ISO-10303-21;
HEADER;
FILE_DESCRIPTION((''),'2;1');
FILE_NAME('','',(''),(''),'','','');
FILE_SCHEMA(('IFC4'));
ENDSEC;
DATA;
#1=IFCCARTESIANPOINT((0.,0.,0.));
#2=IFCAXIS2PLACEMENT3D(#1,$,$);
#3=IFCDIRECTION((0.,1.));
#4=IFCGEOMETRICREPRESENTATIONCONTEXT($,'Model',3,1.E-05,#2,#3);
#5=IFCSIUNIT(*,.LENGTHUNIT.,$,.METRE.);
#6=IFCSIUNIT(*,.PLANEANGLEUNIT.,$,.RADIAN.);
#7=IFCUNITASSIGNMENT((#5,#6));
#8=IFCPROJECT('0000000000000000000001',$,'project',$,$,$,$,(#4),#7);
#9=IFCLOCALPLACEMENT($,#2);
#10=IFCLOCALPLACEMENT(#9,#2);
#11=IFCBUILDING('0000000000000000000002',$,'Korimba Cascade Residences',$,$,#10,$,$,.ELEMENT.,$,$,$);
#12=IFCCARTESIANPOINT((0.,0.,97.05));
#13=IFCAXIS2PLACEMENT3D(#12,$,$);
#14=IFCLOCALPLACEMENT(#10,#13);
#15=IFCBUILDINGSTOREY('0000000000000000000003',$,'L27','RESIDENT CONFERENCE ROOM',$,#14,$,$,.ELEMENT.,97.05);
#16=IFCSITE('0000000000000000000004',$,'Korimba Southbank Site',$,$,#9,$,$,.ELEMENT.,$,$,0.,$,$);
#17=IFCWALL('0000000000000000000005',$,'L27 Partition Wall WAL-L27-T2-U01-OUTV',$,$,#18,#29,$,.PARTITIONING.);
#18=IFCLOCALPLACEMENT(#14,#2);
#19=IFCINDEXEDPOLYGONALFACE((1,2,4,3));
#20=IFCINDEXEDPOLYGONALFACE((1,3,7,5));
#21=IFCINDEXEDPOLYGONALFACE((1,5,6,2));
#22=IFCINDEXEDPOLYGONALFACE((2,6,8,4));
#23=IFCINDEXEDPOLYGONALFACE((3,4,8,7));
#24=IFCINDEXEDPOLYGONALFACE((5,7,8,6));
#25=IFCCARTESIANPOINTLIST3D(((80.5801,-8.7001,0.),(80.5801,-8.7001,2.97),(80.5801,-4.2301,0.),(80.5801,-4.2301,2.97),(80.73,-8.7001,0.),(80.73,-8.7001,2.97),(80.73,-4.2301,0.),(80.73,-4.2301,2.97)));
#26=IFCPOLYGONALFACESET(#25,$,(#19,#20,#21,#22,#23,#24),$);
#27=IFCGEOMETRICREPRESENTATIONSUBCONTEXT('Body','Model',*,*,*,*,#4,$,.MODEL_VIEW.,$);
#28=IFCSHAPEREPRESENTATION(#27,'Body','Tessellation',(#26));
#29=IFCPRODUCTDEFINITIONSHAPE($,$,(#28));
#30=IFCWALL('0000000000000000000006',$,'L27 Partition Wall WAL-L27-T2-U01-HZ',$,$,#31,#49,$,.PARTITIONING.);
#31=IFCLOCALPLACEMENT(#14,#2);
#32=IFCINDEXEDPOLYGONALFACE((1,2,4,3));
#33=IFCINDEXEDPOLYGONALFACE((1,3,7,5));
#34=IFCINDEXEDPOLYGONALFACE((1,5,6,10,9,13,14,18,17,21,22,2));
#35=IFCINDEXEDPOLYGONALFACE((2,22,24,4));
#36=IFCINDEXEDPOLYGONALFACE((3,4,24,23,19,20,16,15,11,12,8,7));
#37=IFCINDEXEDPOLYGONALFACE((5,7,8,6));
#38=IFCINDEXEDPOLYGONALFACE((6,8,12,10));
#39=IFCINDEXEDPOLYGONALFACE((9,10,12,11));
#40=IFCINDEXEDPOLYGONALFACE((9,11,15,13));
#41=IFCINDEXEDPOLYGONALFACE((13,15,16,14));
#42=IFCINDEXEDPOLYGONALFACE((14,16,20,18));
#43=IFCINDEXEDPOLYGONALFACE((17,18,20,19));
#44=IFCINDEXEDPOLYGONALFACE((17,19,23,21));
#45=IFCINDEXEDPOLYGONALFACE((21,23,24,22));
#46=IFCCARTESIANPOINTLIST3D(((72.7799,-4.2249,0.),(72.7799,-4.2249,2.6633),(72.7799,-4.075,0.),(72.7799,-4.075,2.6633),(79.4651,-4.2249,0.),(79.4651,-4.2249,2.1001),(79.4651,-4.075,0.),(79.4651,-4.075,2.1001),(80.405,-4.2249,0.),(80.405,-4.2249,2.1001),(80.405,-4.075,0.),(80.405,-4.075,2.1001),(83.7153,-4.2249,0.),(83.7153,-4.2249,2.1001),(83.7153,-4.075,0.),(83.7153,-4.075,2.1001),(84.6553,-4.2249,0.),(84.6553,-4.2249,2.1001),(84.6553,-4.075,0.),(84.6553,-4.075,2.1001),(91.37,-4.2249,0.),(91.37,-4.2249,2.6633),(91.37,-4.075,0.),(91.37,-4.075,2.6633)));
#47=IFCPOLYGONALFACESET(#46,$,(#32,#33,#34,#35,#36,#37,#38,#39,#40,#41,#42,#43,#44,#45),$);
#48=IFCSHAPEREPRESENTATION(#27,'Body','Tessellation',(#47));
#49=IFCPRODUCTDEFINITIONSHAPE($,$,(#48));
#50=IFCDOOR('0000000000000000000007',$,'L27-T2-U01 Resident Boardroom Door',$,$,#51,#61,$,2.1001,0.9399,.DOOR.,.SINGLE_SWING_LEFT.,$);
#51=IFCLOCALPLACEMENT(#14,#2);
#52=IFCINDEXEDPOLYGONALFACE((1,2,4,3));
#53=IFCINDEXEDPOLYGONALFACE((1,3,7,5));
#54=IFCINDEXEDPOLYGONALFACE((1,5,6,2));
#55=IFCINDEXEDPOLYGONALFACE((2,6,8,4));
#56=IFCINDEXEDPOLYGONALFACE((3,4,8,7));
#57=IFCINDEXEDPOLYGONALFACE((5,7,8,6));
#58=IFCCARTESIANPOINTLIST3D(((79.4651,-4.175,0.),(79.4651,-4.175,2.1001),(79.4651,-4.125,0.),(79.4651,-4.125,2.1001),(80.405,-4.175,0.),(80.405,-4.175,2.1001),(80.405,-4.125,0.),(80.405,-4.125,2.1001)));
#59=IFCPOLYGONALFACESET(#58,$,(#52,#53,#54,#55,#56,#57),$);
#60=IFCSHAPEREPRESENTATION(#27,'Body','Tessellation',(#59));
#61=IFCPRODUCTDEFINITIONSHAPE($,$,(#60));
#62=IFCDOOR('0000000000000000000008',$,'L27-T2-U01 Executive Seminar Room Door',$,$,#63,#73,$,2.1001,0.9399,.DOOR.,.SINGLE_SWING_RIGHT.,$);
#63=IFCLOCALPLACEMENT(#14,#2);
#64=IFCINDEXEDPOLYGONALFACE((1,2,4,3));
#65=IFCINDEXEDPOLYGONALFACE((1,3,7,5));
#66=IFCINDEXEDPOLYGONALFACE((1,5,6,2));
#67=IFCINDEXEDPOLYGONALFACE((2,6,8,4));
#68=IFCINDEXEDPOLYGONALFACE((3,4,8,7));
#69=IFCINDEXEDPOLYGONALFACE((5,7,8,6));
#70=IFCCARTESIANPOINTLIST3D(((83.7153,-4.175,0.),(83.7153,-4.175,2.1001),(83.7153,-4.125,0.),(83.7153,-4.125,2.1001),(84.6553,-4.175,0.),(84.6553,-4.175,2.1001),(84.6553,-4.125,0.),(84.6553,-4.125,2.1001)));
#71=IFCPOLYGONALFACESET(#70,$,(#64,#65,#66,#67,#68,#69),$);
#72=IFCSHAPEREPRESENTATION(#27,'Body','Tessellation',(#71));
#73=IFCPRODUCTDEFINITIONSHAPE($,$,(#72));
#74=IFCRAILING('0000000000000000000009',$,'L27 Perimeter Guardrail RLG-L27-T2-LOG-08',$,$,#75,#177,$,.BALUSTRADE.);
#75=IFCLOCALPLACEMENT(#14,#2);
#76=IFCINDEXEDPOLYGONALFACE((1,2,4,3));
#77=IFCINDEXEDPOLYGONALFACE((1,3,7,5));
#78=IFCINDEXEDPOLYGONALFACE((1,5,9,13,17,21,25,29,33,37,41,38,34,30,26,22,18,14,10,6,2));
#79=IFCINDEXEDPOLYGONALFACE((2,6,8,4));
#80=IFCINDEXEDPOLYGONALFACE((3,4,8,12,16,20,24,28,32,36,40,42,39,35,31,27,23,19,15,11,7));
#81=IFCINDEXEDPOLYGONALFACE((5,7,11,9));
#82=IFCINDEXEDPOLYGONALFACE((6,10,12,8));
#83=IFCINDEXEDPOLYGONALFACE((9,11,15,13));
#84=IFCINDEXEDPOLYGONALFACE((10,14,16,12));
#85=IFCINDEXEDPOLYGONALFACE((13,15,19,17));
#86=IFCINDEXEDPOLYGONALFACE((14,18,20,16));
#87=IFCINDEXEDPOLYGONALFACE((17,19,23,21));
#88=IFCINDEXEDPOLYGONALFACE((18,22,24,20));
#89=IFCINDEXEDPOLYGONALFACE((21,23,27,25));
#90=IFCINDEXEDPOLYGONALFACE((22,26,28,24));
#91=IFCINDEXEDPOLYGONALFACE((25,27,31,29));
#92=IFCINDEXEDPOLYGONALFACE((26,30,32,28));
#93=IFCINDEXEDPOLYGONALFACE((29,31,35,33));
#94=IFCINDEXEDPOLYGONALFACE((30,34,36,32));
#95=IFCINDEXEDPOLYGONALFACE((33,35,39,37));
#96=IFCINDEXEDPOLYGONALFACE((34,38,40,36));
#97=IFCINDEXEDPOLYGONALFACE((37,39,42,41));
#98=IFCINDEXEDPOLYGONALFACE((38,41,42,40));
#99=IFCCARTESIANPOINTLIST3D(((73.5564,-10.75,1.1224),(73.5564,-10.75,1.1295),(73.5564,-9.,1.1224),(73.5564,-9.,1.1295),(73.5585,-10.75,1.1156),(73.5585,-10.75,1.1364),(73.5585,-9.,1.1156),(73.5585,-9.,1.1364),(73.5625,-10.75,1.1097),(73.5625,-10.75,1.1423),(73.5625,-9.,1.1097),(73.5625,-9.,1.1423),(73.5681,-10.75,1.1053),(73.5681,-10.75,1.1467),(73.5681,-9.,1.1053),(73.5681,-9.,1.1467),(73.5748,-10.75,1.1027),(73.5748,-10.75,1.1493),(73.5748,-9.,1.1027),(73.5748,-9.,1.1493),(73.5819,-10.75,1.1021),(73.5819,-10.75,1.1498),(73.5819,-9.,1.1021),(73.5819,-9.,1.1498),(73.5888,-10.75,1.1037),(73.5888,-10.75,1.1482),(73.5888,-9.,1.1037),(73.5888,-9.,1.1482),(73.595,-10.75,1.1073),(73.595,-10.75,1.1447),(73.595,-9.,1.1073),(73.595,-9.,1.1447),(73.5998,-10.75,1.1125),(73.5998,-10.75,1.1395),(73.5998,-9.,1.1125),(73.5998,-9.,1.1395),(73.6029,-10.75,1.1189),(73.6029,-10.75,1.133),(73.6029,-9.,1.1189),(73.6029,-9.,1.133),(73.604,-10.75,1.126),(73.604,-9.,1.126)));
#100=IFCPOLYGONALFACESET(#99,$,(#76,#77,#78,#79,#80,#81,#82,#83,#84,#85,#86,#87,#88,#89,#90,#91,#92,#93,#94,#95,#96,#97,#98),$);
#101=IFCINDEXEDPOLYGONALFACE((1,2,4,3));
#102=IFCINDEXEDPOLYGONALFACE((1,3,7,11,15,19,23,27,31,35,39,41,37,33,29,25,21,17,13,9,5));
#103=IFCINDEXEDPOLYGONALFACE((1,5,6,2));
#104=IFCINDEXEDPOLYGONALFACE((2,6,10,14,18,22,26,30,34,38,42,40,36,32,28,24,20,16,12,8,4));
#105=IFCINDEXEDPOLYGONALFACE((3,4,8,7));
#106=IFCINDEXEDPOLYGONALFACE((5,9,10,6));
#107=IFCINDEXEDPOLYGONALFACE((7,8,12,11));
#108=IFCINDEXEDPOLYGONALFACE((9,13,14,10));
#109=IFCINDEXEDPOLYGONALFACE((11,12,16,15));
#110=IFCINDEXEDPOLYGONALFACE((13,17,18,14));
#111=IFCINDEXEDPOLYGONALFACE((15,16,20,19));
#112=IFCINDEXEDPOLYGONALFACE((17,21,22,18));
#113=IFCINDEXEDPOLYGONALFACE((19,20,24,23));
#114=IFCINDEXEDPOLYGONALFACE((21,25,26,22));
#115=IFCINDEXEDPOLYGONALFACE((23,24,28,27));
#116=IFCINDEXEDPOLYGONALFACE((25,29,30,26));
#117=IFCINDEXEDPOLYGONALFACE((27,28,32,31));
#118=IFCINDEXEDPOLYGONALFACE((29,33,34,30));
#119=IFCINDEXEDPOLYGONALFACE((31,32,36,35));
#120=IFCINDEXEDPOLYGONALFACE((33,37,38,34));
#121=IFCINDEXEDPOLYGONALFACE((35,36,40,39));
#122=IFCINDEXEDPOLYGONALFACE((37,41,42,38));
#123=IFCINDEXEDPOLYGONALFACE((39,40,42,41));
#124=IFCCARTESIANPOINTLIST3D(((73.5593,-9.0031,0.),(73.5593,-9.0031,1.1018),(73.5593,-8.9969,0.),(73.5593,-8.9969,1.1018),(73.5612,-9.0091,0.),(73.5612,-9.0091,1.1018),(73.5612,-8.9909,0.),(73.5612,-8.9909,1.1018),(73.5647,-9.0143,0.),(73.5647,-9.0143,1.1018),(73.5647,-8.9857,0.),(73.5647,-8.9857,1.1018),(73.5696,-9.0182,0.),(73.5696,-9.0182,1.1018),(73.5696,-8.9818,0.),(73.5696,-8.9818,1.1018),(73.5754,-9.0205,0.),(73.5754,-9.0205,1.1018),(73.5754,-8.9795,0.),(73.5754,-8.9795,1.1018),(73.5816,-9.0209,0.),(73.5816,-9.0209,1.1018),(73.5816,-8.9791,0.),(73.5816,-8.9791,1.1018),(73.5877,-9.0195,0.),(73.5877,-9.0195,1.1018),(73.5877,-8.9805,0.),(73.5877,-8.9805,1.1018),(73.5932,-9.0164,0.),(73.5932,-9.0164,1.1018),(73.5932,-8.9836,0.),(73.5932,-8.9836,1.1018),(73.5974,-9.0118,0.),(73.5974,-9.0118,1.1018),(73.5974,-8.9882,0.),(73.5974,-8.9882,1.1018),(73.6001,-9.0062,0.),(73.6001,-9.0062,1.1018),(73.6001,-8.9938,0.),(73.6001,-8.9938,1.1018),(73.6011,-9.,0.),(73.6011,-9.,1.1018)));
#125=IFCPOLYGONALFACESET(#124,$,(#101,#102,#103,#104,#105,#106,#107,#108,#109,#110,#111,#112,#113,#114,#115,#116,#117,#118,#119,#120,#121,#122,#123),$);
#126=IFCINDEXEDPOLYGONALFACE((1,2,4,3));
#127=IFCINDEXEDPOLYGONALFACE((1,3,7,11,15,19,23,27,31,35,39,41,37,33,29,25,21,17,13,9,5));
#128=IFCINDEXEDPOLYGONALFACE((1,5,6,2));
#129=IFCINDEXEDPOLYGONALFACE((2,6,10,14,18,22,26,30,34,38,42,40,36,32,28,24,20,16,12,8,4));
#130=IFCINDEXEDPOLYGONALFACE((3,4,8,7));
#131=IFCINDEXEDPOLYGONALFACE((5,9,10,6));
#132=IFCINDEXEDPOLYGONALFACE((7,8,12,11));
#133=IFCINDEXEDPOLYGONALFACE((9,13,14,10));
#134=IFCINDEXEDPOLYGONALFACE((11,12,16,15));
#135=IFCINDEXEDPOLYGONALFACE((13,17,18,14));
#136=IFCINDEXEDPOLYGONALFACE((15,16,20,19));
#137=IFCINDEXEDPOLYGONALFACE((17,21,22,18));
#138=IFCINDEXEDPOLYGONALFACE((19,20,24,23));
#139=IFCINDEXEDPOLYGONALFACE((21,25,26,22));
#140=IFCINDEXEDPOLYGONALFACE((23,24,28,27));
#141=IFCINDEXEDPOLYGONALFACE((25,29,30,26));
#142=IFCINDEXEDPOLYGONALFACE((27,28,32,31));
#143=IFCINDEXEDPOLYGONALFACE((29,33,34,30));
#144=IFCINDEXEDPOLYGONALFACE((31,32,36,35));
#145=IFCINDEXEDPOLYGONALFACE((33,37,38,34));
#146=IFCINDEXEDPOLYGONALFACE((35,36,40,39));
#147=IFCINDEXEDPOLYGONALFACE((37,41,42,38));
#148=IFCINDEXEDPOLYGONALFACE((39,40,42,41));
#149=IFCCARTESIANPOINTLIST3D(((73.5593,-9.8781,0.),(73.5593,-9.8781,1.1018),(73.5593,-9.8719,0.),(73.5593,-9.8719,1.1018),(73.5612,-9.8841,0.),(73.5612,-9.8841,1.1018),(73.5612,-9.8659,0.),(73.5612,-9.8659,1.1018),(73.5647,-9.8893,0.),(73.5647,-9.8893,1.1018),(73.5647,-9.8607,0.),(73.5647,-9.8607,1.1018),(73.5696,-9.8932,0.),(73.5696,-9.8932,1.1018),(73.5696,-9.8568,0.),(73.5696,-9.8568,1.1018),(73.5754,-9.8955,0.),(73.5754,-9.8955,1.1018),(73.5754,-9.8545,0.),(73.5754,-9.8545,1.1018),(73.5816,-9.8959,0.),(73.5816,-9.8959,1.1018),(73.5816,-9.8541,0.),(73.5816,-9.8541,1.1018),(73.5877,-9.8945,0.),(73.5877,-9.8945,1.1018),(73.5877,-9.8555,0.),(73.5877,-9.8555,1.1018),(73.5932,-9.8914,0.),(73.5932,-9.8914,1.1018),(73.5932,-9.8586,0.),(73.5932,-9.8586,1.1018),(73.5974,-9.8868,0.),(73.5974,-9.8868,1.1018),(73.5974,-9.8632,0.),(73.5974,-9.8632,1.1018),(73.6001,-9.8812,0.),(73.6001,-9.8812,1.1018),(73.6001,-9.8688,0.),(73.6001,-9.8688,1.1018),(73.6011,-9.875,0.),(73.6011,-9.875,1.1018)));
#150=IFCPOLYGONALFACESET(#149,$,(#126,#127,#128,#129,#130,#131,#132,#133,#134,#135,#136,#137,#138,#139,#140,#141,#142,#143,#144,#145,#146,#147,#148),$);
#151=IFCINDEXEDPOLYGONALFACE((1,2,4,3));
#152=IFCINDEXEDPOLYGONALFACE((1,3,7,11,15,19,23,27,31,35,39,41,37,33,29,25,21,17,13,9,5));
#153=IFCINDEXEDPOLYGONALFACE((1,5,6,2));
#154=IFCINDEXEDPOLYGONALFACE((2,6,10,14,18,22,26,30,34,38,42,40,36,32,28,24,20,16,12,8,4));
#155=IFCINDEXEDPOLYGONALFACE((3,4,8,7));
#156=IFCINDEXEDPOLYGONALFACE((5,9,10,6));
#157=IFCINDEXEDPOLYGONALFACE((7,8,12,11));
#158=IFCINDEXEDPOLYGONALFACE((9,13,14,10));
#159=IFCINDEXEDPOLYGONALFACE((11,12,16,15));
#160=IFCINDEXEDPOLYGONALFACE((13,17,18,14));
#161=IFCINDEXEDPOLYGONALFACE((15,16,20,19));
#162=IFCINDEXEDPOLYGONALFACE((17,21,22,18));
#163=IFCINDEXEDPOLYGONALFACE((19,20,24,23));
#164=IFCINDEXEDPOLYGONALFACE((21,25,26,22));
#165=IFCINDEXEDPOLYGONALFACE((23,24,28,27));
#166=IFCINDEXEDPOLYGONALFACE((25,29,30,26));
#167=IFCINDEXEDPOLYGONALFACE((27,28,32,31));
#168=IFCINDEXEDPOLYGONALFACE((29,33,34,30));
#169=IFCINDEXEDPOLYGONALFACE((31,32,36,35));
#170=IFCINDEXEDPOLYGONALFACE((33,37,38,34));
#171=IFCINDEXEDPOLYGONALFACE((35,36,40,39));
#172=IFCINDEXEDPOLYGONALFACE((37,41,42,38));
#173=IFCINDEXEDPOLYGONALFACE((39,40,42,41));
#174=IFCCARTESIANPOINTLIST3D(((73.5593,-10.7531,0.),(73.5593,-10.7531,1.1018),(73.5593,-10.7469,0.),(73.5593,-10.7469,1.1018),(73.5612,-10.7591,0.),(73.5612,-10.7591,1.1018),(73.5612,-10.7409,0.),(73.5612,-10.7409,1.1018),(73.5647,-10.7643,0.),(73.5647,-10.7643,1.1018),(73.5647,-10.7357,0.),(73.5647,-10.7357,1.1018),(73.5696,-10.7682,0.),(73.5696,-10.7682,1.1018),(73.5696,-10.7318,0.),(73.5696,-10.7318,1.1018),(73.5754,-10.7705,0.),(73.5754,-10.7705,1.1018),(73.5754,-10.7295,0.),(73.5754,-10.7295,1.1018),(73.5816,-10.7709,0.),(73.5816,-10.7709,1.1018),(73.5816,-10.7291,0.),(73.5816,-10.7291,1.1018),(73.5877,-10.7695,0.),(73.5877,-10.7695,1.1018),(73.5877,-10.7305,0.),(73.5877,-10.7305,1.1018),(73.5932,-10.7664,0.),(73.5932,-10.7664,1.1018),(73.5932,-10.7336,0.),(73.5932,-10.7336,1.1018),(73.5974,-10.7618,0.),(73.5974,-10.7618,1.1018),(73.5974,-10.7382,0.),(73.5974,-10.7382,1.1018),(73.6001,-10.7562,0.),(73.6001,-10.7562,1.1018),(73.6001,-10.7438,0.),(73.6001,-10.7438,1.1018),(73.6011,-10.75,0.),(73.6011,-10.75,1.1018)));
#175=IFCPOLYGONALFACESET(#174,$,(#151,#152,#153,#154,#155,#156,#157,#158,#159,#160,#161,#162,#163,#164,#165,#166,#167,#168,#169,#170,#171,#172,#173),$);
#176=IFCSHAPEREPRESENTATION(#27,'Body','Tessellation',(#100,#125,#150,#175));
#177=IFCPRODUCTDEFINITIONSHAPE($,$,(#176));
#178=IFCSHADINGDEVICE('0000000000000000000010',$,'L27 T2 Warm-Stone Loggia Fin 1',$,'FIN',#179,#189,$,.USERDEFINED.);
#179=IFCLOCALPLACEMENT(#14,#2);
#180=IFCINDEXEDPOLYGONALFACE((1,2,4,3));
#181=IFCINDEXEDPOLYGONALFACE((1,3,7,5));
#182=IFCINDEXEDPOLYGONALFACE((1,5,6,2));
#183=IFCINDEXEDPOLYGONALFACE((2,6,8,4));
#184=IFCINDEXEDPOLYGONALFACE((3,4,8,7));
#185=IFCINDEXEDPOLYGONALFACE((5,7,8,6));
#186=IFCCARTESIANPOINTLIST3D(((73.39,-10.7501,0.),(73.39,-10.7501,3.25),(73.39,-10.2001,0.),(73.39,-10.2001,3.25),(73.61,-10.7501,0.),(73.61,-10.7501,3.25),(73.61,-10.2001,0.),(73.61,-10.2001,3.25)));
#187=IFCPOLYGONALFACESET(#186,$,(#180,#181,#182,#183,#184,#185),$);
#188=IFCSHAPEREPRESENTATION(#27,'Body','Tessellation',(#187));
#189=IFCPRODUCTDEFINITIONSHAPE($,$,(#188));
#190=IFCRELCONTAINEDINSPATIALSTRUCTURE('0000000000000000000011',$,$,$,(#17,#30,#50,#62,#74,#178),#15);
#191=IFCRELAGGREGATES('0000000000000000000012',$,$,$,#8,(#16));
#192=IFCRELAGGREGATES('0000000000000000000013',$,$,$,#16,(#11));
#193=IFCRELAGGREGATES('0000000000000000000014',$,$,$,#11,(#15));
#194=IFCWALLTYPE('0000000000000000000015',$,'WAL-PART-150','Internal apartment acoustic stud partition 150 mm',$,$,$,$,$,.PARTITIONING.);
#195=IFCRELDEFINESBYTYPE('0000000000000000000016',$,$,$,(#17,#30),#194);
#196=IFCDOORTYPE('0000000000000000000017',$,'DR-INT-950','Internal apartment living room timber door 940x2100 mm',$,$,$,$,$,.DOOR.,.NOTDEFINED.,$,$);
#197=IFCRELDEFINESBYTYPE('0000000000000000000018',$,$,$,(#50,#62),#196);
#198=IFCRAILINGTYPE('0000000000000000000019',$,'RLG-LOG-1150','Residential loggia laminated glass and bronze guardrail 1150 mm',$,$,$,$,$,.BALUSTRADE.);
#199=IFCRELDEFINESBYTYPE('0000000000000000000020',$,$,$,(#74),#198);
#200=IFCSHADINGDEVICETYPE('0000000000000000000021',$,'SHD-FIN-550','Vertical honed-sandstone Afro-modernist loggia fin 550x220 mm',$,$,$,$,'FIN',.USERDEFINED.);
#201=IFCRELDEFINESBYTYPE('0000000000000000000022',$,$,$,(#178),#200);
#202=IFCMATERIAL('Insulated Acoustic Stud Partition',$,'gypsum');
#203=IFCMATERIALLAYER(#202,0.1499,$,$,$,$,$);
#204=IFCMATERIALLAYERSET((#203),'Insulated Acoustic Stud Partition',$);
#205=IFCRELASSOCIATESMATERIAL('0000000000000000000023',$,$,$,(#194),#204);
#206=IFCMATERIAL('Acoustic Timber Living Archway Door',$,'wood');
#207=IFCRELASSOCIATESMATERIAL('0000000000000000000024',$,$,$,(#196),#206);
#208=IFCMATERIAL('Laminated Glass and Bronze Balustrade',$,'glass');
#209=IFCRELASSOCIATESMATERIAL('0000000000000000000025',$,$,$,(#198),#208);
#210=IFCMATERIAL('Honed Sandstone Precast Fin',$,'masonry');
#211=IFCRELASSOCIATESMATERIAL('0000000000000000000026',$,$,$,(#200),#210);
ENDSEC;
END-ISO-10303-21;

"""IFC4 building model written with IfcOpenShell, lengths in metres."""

from ifc_helpers import new_model, si_unit, direction, frame, frame_2d, origin, origin_2d, place, context, subcontext, project, spatial, rectangle, circle, extrude, material, layer, layer_set, type_object, element, fill, save


model = new_model("IFC4")

# Units and contexts
model_context = context("Model", 3, precision=1e-05, world=origin(), true_north=direction((0.0, 1.0)))
body_context = subcontext(model_context, "Body", "Model", "MODEL_VIEW")
ifc_project = project(units=[si_unit("LENGTHUNIT", "METRE"), si_unit("PLANEANGLEUNIT", "RADIAN")], contexts=[model_context])

# Site, building, storey
site_placement = place(None, origin())
site = spatial("IfcSite", under=ifc_project, at=site_placement, Name="Korimba Southbank Site", CompositionType="ELEMENT", RefElevation=0.0)
building_placement = place(site_placement, origin())
building = spatial("IfcBuilding", under=site, at=building_placement, Name="Korimba Cascade Residences", CompositionType="ELEMENT")
storey_placement = place(building_placement, frame((0.0, 0.0, 97.05)))
storey = spatial("IfcBuildingStorey", under=building, at=storey_placement, Name="L27", Description="RESIDENT CONFERENCE ROOM", CompositionType="ELEMENT", Elevation=97.05)

# Wall
ifc_material_1 = material(Name="Insulated Acoustic Stud Partition", Category="gypsum")
ifc_layer_1 = layer(ifc_material_1, 0.1499)
ifc_layer_set_1 = layer_set([ifc_layer_1], Name="Insulated Acoustic Stud Partition")
wall_type_1 = type_object("IfcWallType", Name="WAL-PART-150", Description="Internal apartment acoustic stud partition 150 mm", PredefinedType="PARTITIONING", material=ifc_layer_set_1)
wall_1_placement = place(storey_placement, frame((80.655, -8.7, 0.0), z_axis=(0.0, 0.0, 1.0), x_axis=(0.0, 1.0, 0.0)))
element("IfcWall", 1, at=wall_1_placement, inside=storey, type_object=wall_type_1, Name="L27 Partition Wall WAL-L27-T2-U01-OUTV", PredefinedType="PARTITIONING", context=body_context, shape_type="SweptSolid", body=[
    extrude(rectangle(XDim=4.47, YDim=0.1499, at=frame_2d((2.2349, 0.0))), origin(), (0.0, 0.0, 1.0), 2.97),
])

# Wall, openings, doors
wall_2_placement = place(storey_placement, frame((72.78, -4.1499, 0.0), z_axis=(0.0, 0.0, 1.0), x_axis=(1.0, 0.0, 0.0)))
wall_2 = element("IfcWall", 2, at=wall_2_placement, inside=storey, type_object=wall_type_1, Name="L27 Partition Wall WAL-L27-T2-U01-HZ", PredefinedType="PARTITIONING", context=body_context, shape_type="SweptSolid", body=[
    extrude(rectangle(XDim=18.5901, YDim=0.1499, at=frame_2d((9.2949, 0.0))), origin(), (0.0, 0.0, 1.0), 2.6633),
])
opening_1_placement = place(wall_2_placement, frame((6.6851, 0.0, 0.0)))
opening_1 = element("IfcOpeningElement", 3, at=opening_1_placement, cuts=wall_2, PredefinedType="OPENING", context=body_context, shape_type="SweptSolid", body=[
    extrude(rectangle(XDim=0.9399, YDim=2.1001, at=frame_2d((0.47, 1.05))), frame((0.0, 0.085, 0.0), z_axis=(0.0, -1.0, 0.0), x_axis=(1.0, 0.0, 0.0)), (0.0, 0.0, 1.0), 0.1699),
])
opening_2_placement = place(wall_2_placement, frame((10.9353, 0.0, 0.0)))
opening_2 = element("IfcOpeningElement", 4, at=opening_2_placement, cuts=wall_2, PredefinedType="OPENING", context=body_context, shape_type="SweptSolid", body=[
    extrude(rectangle(XDim=0.9399, YDim=2.1001, at=frame_2d((0.47, 1.05))), frame((0.0, 0.085, 0.0), z_axis=(0.0, -1.0, 0.0), x_axis=(1.0, 0.0, 0.0)), (0.0, 0.0, 1.0), 0.1699),
])
ifc_material_2 = material(Name="Acoustic Timber Living Archway Door", Category="wood")
door_type = type_object("IfcDoorType", Name="DR-INT-950", Description="Internal apartment living room timber door 940x2100 mm", OperationType="NOTDEFINED", PredefinedType="DOOR", material=ifc_material_2)
door_1_placement = place(opening_1_placement, origin())
door_1 = element("IfcDoor", 5, at=door_1_placement, inside=storey, type_object=door_type, Name="L27-T2-U01 Resident Boardroom Door", OperationType="SINGLE_SWING_LEFT", OverallHeight=2.1001, OverallWidth=0.9399, PredefinedType="DOOR", context=body_context, shape_type="SweptSolid", body=[
    extrude(rectangle(XDim=0.9399, YDim=2.1001, at=frame_2d((0.47, 1.05))), frame((0.0, 0.0249, 0.0), z_axis=(0.0, -1.0, 0.0), x_axis=(1.0, 0.0, 0.0)), (0.0, 0.0, 1.0), 0.05),
])
fill(opening_1, door_1)
door_2_placement = place(opening_2_placement, origin())
door_2 = element("IfcDoor", 6, at=door_2_placement, inside=storey, type_object=door_type, Name="L27-T2-U01 Executive Seminar Room Door", OperationType="SINGLE_SWING_RIGHT", OverallHeight=2.1001, OverallWidth=0.9399, PredefinedType="DOOR", context=body_context, shape_type="SweptSolid", body=[
    extrude(rectangle(XDim=0.9399, YDim=2.1001, at=frame_2d((0.47, 1.05))), frame((0.0, 0.0249, 0.0), z_axis=(0.0, -1.0, 0.0), x_axis=(1.0, 0.0, 0.0)), (0.0, 0.0, 1.0), 0.05),
])
fill(opening_2, door_2)

# Railing
ifc_material_3 = material(Name="Laminated Glass and Bronze Balustrade", Category="glass")
railing_type = type_object("IfcRailingType", Name="RLG-LOG-1150", Description="Residential loggia laminated glass and bronze guardrail 1150 mm", PredefinedType="BALUSTRADE", material=ifc_material_3)
railing_placement = place(storey_placement, frame((73.5801, -9.0, 0.0)))
element("IfcRailing", 7, at=railing_placement, inside=storey, type_object=railing_type, Name="L27 Perimeter Guardrail RLG-L27-T2-LOG-08", PredefinedType="BALUSTRADE", context=body_context, shape_type="SweptSolid", body=[
    extrude(circle(Radius=0.0239, at=origin_2d()), frame((0.0, 0.0, 1.126), z_axis=(0.0, -1.0, 0.0), x_axis=(1.0, 0.0, 0.0)), (0.0, 0.0, 1.0), 1.75),
    extrude(circle(Radius=0.021, at=origin_2d()), origin(), (0.0, 0.0, 1.0), 1.1018),
    extrude(circle(Radius=0.021, at=origin_2d()), frame((0.0, -0.875, 0.0)), (0.0, 0.0, 1.0), 1.1018),
    extrude(circle(Radius=0.021, at=origin_2d()), frame((0.0, -1.75, 0.0)), (0.0, 0.0, 1.0), 1.1018),
])

# Shading device
ifc_material_4 = material(Name="Honed Sandstone Precast Fin", Category="masonry")
shading_device_type = type_object("IfcShadingDeviceType", Name="SHD-FIN-550", Description="Vertical honed-sandstone Afro-modernist loggia fin 550x220 mm", ElementType="FIN", PredefinedType="USERDEFINED", material=ifc_material_4)
for number, where, z_axis, x_axis, name in (
    (8, (73.5, -10.4751, 0.0), (0.0, 0.0, 1.0), (1.0, 0.0, 0.0), "L27 T2 Warm-Stone Loggia Fin 1"),
):
    element("IfcShadingDevice", number, at=place(storey_placement, frame(where, z_axis=z_axis, x_axis=x_axis)), inside=storey, type_object=shading_device_type, Name=name, ObjectType="FIN", PredefinedType="USERDEFINED", context=body_context, shape_type="SweptSolid", body=[
        extrude(rectangle(XDim=0.22, YDim=0.55, at=origin_2d()), origin(), (0.0, 0.0, 1.0), 3.25),
    ])

save(model, "model.ifc")
